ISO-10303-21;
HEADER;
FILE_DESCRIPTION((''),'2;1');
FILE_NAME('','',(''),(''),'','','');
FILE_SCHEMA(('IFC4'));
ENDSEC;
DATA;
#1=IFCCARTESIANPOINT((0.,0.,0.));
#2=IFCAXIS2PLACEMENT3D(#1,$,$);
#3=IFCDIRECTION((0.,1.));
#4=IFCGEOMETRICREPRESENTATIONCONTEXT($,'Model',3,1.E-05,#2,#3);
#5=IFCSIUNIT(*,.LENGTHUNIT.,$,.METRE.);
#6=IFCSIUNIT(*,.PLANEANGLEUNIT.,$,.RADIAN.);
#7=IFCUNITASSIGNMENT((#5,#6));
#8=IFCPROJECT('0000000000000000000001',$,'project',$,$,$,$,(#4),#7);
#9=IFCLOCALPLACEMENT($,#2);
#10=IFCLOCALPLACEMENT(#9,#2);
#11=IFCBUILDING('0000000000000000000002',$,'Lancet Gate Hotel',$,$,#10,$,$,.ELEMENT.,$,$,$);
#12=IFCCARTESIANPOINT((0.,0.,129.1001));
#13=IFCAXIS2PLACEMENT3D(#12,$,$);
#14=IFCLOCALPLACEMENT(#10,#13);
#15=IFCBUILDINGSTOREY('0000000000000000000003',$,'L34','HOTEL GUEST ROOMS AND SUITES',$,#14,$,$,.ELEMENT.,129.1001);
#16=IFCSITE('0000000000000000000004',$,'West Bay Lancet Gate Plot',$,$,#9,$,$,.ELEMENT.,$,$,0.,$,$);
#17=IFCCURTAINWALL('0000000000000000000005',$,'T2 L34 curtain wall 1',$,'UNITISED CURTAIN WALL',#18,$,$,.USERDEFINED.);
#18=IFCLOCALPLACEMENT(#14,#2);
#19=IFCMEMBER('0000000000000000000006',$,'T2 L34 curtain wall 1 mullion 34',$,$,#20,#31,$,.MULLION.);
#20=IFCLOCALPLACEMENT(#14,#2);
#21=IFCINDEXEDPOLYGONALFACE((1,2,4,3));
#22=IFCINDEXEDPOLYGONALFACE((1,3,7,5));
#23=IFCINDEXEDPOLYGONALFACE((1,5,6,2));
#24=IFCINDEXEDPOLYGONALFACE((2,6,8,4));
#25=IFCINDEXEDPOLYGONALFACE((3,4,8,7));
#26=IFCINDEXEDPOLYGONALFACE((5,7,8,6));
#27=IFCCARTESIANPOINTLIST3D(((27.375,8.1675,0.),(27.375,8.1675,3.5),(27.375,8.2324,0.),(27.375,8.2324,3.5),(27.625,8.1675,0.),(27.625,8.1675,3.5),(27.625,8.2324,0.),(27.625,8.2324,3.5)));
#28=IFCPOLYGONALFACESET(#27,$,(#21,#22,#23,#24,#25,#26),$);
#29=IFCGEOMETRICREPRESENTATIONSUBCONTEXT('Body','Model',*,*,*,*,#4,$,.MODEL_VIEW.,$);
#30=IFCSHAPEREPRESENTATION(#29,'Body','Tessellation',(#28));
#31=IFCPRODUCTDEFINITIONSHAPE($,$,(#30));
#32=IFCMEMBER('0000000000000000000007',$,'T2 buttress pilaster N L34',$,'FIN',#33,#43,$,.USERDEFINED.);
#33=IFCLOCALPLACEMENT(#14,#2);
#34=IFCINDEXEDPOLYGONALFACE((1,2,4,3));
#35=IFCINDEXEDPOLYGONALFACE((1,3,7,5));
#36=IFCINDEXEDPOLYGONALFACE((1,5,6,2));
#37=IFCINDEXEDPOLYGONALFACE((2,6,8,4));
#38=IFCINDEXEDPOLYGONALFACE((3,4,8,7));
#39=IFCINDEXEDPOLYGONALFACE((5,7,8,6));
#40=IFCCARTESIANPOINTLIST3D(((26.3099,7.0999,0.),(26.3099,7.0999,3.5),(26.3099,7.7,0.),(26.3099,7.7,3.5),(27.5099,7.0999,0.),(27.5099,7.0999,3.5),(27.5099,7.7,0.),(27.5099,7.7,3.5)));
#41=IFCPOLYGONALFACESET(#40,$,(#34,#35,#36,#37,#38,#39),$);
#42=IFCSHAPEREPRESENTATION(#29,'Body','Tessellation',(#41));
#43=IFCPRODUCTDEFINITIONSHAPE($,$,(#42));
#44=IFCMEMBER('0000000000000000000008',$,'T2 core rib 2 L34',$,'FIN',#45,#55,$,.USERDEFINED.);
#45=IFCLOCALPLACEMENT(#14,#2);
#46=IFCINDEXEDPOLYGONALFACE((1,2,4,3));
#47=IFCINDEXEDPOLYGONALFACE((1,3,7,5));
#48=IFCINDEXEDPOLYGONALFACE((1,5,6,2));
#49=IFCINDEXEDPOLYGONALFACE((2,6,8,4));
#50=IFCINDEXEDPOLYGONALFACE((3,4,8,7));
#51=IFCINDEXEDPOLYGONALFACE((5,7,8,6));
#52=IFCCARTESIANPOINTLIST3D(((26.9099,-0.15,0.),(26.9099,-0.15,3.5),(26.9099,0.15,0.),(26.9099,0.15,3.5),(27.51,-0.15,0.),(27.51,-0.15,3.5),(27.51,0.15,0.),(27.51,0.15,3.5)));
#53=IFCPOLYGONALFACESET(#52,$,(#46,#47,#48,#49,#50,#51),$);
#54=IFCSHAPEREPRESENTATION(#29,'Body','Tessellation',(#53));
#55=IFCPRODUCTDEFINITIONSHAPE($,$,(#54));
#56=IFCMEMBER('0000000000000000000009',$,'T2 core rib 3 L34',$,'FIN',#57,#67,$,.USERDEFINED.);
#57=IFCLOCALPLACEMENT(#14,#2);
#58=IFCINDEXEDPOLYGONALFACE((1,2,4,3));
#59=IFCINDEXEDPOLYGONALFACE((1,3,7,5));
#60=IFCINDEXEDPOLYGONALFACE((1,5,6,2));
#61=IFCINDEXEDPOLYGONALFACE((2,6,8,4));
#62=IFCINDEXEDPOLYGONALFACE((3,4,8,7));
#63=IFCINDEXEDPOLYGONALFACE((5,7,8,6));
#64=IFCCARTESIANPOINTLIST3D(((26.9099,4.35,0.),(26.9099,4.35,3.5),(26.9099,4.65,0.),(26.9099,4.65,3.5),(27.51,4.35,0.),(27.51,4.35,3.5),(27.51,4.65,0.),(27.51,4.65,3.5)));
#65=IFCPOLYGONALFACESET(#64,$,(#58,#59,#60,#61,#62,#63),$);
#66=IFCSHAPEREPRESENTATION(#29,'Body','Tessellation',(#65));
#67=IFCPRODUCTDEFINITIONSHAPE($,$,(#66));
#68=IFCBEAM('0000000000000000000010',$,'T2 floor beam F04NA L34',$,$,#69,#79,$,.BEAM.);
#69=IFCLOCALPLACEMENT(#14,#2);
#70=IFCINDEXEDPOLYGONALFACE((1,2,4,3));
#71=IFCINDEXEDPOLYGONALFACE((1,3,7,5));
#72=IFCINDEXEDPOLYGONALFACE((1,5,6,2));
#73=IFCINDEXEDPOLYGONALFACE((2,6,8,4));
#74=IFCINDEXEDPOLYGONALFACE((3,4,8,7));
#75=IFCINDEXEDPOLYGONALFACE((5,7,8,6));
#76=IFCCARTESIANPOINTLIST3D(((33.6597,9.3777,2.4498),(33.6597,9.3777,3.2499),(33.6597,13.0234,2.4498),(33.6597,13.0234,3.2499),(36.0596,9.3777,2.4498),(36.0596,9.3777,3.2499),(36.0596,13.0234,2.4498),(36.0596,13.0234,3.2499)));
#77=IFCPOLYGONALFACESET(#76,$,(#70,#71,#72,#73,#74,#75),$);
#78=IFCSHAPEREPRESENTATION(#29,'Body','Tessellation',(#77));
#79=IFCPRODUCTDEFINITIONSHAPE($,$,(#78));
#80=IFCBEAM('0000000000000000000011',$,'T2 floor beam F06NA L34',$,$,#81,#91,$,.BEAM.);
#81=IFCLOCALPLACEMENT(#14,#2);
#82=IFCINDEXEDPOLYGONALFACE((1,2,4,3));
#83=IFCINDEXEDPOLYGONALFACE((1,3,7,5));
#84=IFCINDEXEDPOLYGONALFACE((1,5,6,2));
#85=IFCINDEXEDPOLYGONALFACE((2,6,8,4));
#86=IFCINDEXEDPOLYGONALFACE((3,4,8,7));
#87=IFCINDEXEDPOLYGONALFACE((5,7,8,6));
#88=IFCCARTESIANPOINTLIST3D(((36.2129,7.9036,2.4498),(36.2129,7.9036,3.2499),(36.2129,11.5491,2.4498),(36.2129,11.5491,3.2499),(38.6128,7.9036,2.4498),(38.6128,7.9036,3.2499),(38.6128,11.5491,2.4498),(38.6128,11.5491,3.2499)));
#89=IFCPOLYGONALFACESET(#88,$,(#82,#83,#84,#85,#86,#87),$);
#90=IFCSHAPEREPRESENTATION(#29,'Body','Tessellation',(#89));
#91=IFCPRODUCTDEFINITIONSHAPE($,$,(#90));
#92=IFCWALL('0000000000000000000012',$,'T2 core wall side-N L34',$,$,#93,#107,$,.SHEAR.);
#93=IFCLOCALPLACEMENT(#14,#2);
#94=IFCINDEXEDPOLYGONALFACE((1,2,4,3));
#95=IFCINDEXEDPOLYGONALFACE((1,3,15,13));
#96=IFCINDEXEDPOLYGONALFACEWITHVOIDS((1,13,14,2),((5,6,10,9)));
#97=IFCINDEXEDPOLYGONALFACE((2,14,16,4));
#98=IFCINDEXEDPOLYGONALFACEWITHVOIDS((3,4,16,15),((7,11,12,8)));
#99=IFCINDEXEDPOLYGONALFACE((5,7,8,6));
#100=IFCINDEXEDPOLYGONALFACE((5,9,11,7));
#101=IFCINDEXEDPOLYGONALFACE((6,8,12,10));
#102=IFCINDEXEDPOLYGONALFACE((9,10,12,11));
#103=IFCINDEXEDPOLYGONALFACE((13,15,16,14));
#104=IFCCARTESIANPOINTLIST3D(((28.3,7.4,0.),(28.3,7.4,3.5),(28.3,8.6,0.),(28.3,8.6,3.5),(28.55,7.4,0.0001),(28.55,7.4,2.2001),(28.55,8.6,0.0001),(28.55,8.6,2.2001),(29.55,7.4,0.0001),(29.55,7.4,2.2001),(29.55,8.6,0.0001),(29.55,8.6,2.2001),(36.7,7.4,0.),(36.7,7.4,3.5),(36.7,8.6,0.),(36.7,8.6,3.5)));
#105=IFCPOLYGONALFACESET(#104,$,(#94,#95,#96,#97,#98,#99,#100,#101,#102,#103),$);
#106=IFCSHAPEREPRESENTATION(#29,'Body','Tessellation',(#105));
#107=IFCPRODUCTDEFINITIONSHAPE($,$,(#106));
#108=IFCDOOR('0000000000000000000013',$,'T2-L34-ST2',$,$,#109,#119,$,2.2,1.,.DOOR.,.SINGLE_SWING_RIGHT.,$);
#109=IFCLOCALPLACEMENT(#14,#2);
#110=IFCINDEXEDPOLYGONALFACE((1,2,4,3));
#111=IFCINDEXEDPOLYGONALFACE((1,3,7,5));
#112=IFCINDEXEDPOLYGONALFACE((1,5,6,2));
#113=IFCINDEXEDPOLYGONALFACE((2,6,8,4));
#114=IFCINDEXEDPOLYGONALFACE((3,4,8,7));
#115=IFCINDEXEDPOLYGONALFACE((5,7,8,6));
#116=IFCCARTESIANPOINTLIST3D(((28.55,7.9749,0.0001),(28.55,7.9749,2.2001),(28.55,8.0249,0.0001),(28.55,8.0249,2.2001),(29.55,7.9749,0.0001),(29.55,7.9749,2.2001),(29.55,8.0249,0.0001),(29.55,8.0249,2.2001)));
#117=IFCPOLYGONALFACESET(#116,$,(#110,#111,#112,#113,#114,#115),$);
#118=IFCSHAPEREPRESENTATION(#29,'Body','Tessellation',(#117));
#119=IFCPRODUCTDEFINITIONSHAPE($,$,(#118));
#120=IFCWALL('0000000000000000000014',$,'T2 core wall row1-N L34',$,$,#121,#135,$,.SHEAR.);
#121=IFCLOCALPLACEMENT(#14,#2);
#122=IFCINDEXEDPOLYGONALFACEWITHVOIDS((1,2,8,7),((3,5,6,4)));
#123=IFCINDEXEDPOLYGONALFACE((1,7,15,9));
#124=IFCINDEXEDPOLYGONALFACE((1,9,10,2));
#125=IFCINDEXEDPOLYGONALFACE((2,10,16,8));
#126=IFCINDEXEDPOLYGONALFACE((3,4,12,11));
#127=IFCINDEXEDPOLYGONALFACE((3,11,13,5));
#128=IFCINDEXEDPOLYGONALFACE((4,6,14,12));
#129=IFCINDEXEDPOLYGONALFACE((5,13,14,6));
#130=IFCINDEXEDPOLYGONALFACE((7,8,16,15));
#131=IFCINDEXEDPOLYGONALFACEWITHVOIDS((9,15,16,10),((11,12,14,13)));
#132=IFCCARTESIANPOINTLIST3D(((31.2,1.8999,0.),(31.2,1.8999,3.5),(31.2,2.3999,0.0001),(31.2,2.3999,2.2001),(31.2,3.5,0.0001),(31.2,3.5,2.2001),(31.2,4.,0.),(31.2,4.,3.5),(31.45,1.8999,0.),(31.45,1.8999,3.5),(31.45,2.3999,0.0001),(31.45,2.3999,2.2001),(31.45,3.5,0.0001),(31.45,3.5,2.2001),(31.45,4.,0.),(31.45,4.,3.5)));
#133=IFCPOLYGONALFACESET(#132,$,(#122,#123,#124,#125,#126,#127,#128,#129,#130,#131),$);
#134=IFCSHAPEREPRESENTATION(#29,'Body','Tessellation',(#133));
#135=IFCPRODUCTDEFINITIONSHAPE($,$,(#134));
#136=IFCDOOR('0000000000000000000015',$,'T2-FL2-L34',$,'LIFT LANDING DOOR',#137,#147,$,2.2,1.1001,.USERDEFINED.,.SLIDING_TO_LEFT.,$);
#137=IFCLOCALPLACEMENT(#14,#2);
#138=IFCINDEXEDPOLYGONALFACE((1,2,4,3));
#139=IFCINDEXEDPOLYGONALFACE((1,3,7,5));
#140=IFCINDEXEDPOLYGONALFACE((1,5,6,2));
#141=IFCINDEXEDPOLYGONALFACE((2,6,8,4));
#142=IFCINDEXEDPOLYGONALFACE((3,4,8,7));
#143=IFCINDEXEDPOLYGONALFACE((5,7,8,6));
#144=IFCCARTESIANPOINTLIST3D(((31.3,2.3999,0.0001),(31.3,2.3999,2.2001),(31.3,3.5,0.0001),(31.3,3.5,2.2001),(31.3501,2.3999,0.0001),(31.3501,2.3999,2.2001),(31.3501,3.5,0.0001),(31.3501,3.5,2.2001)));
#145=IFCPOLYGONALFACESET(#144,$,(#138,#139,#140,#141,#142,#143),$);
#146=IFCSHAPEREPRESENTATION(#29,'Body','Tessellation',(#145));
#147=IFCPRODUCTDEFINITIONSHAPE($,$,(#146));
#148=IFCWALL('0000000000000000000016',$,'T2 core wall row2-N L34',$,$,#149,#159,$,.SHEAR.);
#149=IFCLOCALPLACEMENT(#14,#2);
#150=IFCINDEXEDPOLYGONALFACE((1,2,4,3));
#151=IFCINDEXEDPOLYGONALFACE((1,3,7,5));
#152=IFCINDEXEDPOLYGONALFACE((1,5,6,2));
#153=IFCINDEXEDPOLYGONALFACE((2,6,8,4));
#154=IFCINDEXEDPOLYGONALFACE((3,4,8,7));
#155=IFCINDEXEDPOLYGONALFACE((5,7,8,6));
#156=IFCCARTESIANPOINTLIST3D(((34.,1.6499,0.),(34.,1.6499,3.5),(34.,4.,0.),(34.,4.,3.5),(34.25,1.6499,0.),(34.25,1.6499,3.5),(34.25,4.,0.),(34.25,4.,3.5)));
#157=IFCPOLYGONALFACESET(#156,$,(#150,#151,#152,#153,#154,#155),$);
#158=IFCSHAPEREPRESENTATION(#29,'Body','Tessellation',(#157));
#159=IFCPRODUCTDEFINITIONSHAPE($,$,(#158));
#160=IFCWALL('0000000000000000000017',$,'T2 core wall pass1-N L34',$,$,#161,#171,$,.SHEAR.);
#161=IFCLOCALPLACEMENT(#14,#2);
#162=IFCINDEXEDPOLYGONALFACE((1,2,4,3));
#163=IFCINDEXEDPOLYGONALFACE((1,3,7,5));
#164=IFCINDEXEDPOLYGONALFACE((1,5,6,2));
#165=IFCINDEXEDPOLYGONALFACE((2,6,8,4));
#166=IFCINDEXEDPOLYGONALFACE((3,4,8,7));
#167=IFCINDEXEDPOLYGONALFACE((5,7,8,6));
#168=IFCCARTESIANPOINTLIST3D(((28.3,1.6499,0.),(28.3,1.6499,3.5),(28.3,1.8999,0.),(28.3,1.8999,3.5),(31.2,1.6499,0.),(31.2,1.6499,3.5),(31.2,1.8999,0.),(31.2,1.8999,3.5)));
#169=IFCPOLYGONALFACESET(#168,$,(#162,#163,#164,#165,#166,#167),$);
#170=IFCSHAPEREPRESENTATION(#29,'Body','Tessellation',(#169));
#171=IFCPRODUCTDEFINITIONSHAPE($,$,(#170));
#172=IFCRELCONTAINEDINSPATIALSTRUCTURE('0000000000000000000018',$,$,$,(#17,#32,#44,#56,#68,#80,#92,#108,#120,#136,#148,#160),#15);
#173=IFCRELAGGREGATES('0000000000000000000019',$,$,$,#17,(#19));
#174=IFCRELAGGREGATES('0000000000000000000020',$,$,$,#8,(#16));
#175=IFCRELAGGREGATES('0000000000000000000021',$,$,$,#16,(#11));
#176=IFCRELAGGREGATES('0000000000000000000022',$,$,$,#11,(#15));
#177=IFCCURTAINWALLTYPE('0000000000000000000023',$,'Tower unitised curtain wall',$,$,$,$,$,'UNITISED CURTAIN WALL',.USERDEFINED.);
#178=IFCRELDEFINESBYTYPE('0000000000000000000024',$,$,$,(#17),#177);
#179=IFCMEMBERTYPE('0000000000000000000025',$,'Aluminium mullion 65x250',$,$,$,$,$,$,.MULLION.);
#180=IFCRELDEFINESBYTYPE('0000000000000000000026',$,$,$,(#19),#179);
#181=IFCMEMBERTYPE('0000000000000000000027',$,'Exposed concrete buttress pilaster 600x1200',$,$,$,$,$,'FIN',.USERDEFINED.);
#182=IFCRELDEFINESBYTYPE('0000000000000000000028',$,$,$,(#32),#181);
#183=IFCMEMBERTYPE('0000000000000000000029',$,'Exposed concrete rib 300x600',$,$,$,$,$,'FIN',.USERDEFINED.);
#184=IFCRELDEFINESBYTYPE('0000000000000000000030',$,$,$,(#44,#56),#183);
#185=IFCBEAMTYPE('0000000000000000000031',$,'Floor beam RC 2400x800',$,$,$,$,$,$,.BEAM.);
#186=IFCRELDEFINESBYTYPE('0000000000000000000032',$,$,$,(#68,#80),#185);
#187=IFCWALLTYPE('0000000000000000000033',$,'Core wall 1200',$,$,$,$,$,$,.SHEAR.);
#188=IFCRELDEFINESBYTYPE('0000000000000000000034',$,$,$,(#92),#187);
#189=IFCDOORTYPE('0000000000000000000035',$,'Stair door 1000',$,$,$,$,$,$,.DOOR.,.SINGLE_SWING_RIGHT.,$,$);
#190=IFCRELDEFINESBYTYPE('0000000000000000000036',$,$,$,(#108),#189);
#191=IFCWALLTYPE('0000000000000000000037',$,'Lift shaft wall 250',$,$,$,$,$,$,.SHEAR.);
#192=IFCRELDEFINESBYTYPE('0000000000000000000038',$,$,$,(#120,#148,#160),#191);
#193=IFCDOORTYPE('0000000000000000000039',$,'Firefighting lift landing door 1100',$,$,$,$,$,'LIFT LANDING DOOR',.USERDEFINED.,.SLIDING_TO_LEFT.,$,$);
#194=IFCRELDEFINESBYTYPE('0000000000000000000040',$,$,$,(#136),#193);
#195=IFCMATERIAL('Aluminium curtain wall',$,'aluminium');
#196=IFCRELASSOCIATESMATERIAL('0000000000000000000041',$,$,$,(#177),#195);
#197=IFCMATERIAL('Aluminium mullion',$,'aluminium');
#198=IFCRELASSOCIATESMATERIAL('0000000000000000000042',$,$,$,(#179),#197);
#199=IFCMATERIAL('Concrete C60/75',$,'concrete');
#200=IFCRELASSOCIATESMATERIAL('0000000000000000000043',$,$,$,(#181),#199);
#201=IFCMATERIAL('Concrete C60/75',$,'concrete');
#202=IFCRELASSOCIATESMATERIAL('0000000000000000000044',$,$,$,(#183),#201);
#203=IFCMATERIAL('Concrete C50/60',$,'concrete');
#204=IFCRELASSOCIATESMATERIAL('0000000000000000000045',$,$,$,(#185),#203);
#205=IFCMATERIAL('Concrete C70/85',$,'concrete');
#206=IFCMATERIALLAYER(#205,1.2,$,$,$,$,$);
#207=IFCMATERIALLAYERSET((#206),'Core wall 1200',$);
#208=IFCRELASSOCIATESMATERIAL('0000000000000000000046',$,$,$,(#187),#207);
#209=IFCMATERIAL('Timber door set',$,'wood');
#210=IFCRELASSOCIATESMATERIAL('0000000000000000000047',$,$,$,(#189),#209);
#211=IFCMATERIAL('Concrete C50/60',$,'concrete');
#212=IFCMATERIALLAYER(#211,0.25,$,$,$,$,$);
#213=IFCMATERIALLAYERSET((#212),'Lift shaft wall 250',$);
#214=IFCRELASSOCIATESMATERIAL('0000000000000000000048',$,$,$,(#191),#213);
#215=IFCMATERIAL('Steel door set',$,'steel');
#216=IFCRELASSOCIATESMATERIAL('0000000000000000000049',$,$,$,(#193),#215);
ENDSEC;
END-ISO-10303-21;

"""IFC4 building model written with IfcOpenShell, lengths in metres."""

from ifc_helpers import new_model, si_unit, direction, frame, frame_2d, origin, origin_2d, place, context, subcontext, project, spatial, rectangle, extrude, material, layer, layer_set, material_profile, profile_set, type_object, element, fill, aggregate, save


model = new_model("IFC4")

# Units and contexts
model_context = context("Model", 3, precision=1e-05, world=origin(), true_north=direction((0.0, 1.0)))
body_context = subcontext(model_context, "Body", "Model", "MODEL_VIEW")
ifc_project = project(units=[si_unit("LENGTHUNIT", "METRE"), si_unit("PLANEANGLEUNIT", "RADIAN")], contexts=[model_context])

# Site, building, storey
site_placement = place(None, origin())
site = spatial("IfcSite", under=ifc_project, at=site_placement, Name="West Bay Lancet Gate Plot", CompositionType="ELEMENT", RefElevation=0.0)
building_placement = place(site_placement, origin())
building = spatial("IfcBuilding", under=site, at=building_placement, Name="Lancet Gate Hotel", CompositionType="ELEMENT")
storey_placement = place(building_placement, frame((0.0, 0.0, 129.1001)))
storey = spatial("IfcBuildingStorey", under=building, at=storey_placement, Name="L34", Description="HOTEL GUEST ROOMS AND SUITES", CompositionType="ELEMENT", Elevation=129.1001)

# Curtain wall, member
ifc_material_1 = material(Name="Aluminium curtain wall", Category="aluminium")
curtain_wall_type = type_object("IfcCurtainWallType", Name="Tower unitised curtain wall", ElementType="UNITISED CURTAIN WALL", PredefinedType="USERDEFINED", material=ifc_material_1)
curtain_wall_placement = place(storey_placement, origin())
curtain_wall = element("IfcCurtainWall", 1, at=curtain_wall_placement, inside=storey, type_object=curtain_wall_type, Name="T2 L34 curtain wall 1", ObjectType="UNITISED CURTAIN WALL", PredefinedType="USERDEFINED")
ifc_material_2 = material(Name="Aluminium mullion", Category="aluminium")
ifc_material_profile_1 = material_profile(ifc_material_2, rectangle(XDim=0.0649, YDim=0.25, at=origin_2d()), Name="MULLION 65x250")
ifc_profile_set_1 = profile_set([ifc_material_profile_1], Name="Aluminium mullion")
member_type_1 = type_object("IfcMemberType", Name="Aluminium mullion 65x250", PredefinedType="MULLION", material=ifc_profile_set_1)
member_1_placement = place(storey_placement, frame((27.5, 8.2, 0.0), z_axis=(0.0, 0.0, 1.0), x_axis=(0.0, -1.0, 0.0)))
member_1 = element("IfcMember", 2, at=member_1_placement, type_object=member_type_1, Name="T2 L34 curtain wall 1 mullion 34", PredefinedType="MULLION", context=body_context, shape_type="SweptSolid", body=[
    extrude(rectangle(XDim=0.0649, YDim=0.25, at=origin_2d()), origin(), (0.0, 0.0, 1.0), 3.5),
])
aggregate(curtain_wall, [member_1])

# Members
ifc_material_3 = material(Name="Concrete C60/75", Category="concrete")
ifc_material_profile_2 = material_profile(ifc_material_3, rectangle(XDim=0.6001, YDim=1.2, at=origin_2d()), Name="FIN 600x1200")
ifc_profile_set_2 = profile_set([ifc_material_profile_2], Name="Concrete C60/75")
member_type_2 = type_object("IfcMemberType", Name="Exposed concrete buttress pilaster 600x1200", ElementType="FIN", PredefinedType="USERDEFINED", material=ifc_profile_set_2)
member_2_placement = place(storey_placement, frame((26.9099, 7.3999, 0.0), z_axis=(0.0, 0.0, 1.0), x_axis=(0.0, 1.0, 0.0)))
element("IfcMember", 3, at=member_2_placement, inside=storey, type_object=member_type_2, Name="T2 buttress pilaster N L34", ObjectType="FIN", PredefinedType="USERDEFINED", context=body_context, shape_type="SweptSolid", body=[
    extrude(rectangle(XDim=0.6001, YDim=1.2, at=origin_2d()), origin(), (0.0, 0.0, 1.0), 3.5),
])
ifc_material_4 = material(Name="Concrete C60/75", Category="concrete")
ifc_material_profile_3 = material_profile(ifc_material_4, rectangle(XDim=0.3, YDim=0.6001, at=origin_2d()), Name="FIN 300x600")
ifc_profile_set_3 = profile_set([ifc_material_profile_3], Name="Concrete C60/75")
member_type_3 = type_object("IfcMemberType", Name="Exposed concrete rib 300x600", ElementType="FIN", PredefinedType="USERDEFINED", material=ifc_profile_set_3)
for number, where, z_axis, x_axis, name in (
    (4, (27.21, 0.0, 0.0), (0.0, 0.0, 1.0), (0.0, 1.0, 0.0), "T2 core rib 2 L34"),
    (5, (27.21, 4.5, 0.0), (0.0, 0.0, 1.0), (0.0, 1.0, 0.0), "T2 core rib 3 L34"),
):
    element("IfcMember", number, at=place(storey_placement, frame(where, z_axis=z_axis, x_axis=x_axis)), inside=storey, type_object=member_type_3, Name=name, ObjectType="FIN", PredefinedType="USERDEFINED", context=body_context, shape_type="SweptSolid", body=[
        extrude(rectangle(XDim=0.3, YDim=0.6001, at=origin_2d()), origin(), (0.0, 0.0, 1.0), 3.5),
    ])

# Beams
ifc_material_5 = material(Name="Concrete C50/60", Category="concrete")
ifc_material_profile_4 = material_profile(ifc_material_5, rectangle(XDim=2.3999, YDim=0.8, at=origin_2d()), Name="RC 2400x800")
ifc_profile_set_4 = profile_set([ifc_material_profile_4], Name="Concrete C50/60")
beam_type = type_object("IfcBeamType", Name="Floor beam RC 2400x800", PredefinedType="BEAM", material=ifc_profile_set_4)
beam_1_placement = place(storey_placement, frame((34.8596, 9.3777, 2.8499), z_axis=(0.0, 1.0, 0.0), x_axis=(-1.0, 0.0, 0.0)))
element("IfcBeam", 6, at=beam_1_placement, inside=storey, type_object=beam_type, Name="T2 floor beam F04NA L34", PredefinedType="BEAM", context=body_context, shape_type="SweptSolid", body=[
    extrude(rectangle(XDim=2.3999, YDim=0.8, at=origin_2d()), origin(), (0.0, 0.0, 1.0), 3.6458),
])
beam_2_placement = place(storey_placement, frame((37.4128, 7.9036, 2.8499), z_axis=(0.0, 1.0, 0.0), x_axis=(-1.0, 0.0, 0.0)))
element("IfcBeam", 7, at=beam_2_placement, inside=storey, type_object=beam_type, Name="T2 floor beam F06NA L34", PredefinedType="BEAM", context=body_context, shape_type="SweptSolid", body=[
    extrude(rectangle(XDim=2.3999, YDim=0.8, at=origin_2d()), origin(), (0.0, 0.0, 1.0), 3.6455),
])

# Walls, openings, doors
ifc_material_6 = material(Name="Concrete C70/85", Category="concrete")
ifc_layer_1 = layer(ifc_material_6, 1.2)
ifc_layer_set_1 = layer_set([ifc_layer_1], Name="Core wall 1200")
wall_type_1 = type_object("IfcWallType", Name="Core wall 1200", PredefinedType="SHEAR", material=ifc_layer_set_1)
wall_1_placement = place(storey_placement, frame((28.3, 8.0, 0.0), z_axis=(0.0, 0.0, 1.0), x_axis=(1.0, 0.0, 0.0)))
wall_1 = element("IfcWall", 8, at=wall_1_placement, inside=storey, type_object=wall_type_1, Name="T2 core wall side-N L34", PredefinedType="SHEAR", context=body_context, shape_type="SweptSolid", body=[
    extrude(rectangle(XDim=8.3999, YDim=1.2, at=frame_2d((4.2, 0.0))), origin(), (0.0, 0.0, 1.0), 3.5),
])
opening_1_placement = place(wall_1_placement, frame((0.25, 0.0, 0.0)))
opening_1 = element("IfcOpeningElement", 9, at=opening_1_placement, cuts=wall_1, PredefinedType="OPENING", context=body_context, shape_type="SweptSolid", body=[
    extrude(rectangle(XDim=1.0, YDim=2.2, at=frame_2d((0.5, 1.1001))), frame((0.0, 0.6099, 0.0), z_axis=(0.0, -1.0, 0.0), x_axis=(1.0, 0.0, 0.0)), (0.0, 0.0, 1.0), 1.22),
])
ifc_material_7 = material(Name="Timber door set", Category="wood")
door_type_1 = type_object("IfcDoorType", Name="Stair door 1000", OperationType="SINGLE_SWING_RIGHT", PredefinedType="DOOR", material=ifc_material_7)
door_1_placement = place(opening_1_placement, origin())
door_1 = element("IfcDoor", 10, at=door_1_placement, inside=storey, type_object=door_type_1, Name="T2-L34-ST2", OperationType="SINGLE_SWING_RIGHT", OverallHeight=2.2, OverallWidth=1.0, PredefinedType="DOOR", context=body_context, shape_type="SweptSolid", body=[
    extrude(rectangle(XDim=1.0, YDim=2.2, at=frame_2d((0.5, 1.1001))), frame((0.0, 0.0249, 0.0), z_axis=(0.0, -1.0, 0.0), x_axis=(1.0, 0.0, 0.0)), (0.0, 0.0, 1.0), 0.05),
])
fill(opening_1, door_1)
ifc_material_8 = material(Name="Concrete C50/60", Category="concrete")
ifc_layer_2 = layer(ifc_material_8, 0.25)
ifc_layer_set_2 = layer_set([ifc_layer_2], Name="Lift shaft wall 250")
wall_type_2 = type_object("IfcWallType", Name="Lift shaft wall 250", PredefinedType="SHEAR", material=ifc_layer_set_2)
wall_2_placement = place(storey_placement, frame((31.325, 1.8999, 0.0), z_axis=(0.0, 0.0, 1.0), x_axis=(0.0, 1.0, 0.0)))
wall_2 = element("IfcWall", 11, at=wall_2_placement, inside=storey, type_object=wall_type_2, Name="T2 core wall row1-N L34", PredefinedType="SHEAR", context=body_context, shape_type="SweptSolid", body=[
    extrude(rectangle(XDim=2.1001, YDim=0.25, at=frame_2d((1.05, 0.0))), origin(), (0.0, 0.0, 1.0), 3.5),
])
opening_2_placement = place(wall_2_placement, frame((0.5, 0.0, 0.0)))
opening_2 = element("IfcOpeningElement", 12, at=opening_2_placement, cuts=wall_2, PredefinedType="OPENING", context=body_context, shape_type="SweptSolid", body=[
    extrude(rectangle(XDim=1.1001, YDim=2.2, at=frame_2d((0.55, 1.1001))), frame((0.0, 0.135, 0.0), z_axis=(0.0, -1.0, 0.0), x_axis=(1.0, 0.0, 0.0)), (0.0, 0.0, 1.0), 0.27),
])
ifc_material_9 = material(Name="Steel door set", Category="steel")
door_type_2 = type_object("IfcDoorType", Name="Firefighting lift landing door 1100", ElementType="LIFT LANDING DOOR", OperationType="SLIDING_TO_LEFT", PredefinedType="USERDEFINED", material=ifc_material_9)
door_2_placement = place(opening_2_placement, origin())
door_2 = element("IfcDoor", 13, at=door_2_placement, inside=storey, type_object=door_type_2, Name="T2-FL2-L34", ObjectType="LIFT LANDING DOOR", OperationType="SLIDING_TO_LEFT", OverallHeight=2.2, OverallWidth=1.1001, PredefinedType="USERDEFINED", context=body_context, shape_type="SweptSolid", body=[
    extrude(rectangle(XDim=1.1001, YDim=2.2, at=frame_2d((0.55, 1.1001))), frame((0.0, 0.0249, 0.0), z_axis=(0.0, -1.0, 0.0), x_axis=(1.0, 0.0, 0.0)), (0.0, 0.0, 1.0), 0.05),
])
fill(opening_2, door_2)

# Walls
wall_3_placement = place(storey_placement, frame((34.125, 1.6499, 0.0), z_axis=(0.0, 0.0, 1.0), x_axis=(0.0, 1.0, 0.0)))
element("IfcWall", 14, at=wall_3_placement, inside=storey, type_object=wall_type_2, Name="T2 core wall row2-N L34", PredefinedType="SHEAR", context=body_context, shape_type="SweptSolid", body=[
    extrude(rectangle(XDim=2.3501, YDim=0.25, at=frame_2d((1.175, 0.0))), origin(), (0.0, 0.0, 1.0), 3.5),
])
wall_4_placement = place(storey_placement, frame((28.3, 1.7749, 0.0), z_axis=(0.0, 0.0, 1.0), x_axis=(1.0, 0.0, 0.0)))
element("IfcWall", 15, at=wall_4_placement, inside=storey, type_object=wall_type_2, Name="T2 core wall pass1-N L34", PredefinedType="SHEAR", context=body_context, shape_type="SweptSolid", body=[
    extrude(rectangle(XDim=2.8999, YDim=0.25, at=frame_2d((1.45, 0.0))), origin(), (0.0, 0.0, 1.0), 3.5),
])

save(model, "model.ifc")
